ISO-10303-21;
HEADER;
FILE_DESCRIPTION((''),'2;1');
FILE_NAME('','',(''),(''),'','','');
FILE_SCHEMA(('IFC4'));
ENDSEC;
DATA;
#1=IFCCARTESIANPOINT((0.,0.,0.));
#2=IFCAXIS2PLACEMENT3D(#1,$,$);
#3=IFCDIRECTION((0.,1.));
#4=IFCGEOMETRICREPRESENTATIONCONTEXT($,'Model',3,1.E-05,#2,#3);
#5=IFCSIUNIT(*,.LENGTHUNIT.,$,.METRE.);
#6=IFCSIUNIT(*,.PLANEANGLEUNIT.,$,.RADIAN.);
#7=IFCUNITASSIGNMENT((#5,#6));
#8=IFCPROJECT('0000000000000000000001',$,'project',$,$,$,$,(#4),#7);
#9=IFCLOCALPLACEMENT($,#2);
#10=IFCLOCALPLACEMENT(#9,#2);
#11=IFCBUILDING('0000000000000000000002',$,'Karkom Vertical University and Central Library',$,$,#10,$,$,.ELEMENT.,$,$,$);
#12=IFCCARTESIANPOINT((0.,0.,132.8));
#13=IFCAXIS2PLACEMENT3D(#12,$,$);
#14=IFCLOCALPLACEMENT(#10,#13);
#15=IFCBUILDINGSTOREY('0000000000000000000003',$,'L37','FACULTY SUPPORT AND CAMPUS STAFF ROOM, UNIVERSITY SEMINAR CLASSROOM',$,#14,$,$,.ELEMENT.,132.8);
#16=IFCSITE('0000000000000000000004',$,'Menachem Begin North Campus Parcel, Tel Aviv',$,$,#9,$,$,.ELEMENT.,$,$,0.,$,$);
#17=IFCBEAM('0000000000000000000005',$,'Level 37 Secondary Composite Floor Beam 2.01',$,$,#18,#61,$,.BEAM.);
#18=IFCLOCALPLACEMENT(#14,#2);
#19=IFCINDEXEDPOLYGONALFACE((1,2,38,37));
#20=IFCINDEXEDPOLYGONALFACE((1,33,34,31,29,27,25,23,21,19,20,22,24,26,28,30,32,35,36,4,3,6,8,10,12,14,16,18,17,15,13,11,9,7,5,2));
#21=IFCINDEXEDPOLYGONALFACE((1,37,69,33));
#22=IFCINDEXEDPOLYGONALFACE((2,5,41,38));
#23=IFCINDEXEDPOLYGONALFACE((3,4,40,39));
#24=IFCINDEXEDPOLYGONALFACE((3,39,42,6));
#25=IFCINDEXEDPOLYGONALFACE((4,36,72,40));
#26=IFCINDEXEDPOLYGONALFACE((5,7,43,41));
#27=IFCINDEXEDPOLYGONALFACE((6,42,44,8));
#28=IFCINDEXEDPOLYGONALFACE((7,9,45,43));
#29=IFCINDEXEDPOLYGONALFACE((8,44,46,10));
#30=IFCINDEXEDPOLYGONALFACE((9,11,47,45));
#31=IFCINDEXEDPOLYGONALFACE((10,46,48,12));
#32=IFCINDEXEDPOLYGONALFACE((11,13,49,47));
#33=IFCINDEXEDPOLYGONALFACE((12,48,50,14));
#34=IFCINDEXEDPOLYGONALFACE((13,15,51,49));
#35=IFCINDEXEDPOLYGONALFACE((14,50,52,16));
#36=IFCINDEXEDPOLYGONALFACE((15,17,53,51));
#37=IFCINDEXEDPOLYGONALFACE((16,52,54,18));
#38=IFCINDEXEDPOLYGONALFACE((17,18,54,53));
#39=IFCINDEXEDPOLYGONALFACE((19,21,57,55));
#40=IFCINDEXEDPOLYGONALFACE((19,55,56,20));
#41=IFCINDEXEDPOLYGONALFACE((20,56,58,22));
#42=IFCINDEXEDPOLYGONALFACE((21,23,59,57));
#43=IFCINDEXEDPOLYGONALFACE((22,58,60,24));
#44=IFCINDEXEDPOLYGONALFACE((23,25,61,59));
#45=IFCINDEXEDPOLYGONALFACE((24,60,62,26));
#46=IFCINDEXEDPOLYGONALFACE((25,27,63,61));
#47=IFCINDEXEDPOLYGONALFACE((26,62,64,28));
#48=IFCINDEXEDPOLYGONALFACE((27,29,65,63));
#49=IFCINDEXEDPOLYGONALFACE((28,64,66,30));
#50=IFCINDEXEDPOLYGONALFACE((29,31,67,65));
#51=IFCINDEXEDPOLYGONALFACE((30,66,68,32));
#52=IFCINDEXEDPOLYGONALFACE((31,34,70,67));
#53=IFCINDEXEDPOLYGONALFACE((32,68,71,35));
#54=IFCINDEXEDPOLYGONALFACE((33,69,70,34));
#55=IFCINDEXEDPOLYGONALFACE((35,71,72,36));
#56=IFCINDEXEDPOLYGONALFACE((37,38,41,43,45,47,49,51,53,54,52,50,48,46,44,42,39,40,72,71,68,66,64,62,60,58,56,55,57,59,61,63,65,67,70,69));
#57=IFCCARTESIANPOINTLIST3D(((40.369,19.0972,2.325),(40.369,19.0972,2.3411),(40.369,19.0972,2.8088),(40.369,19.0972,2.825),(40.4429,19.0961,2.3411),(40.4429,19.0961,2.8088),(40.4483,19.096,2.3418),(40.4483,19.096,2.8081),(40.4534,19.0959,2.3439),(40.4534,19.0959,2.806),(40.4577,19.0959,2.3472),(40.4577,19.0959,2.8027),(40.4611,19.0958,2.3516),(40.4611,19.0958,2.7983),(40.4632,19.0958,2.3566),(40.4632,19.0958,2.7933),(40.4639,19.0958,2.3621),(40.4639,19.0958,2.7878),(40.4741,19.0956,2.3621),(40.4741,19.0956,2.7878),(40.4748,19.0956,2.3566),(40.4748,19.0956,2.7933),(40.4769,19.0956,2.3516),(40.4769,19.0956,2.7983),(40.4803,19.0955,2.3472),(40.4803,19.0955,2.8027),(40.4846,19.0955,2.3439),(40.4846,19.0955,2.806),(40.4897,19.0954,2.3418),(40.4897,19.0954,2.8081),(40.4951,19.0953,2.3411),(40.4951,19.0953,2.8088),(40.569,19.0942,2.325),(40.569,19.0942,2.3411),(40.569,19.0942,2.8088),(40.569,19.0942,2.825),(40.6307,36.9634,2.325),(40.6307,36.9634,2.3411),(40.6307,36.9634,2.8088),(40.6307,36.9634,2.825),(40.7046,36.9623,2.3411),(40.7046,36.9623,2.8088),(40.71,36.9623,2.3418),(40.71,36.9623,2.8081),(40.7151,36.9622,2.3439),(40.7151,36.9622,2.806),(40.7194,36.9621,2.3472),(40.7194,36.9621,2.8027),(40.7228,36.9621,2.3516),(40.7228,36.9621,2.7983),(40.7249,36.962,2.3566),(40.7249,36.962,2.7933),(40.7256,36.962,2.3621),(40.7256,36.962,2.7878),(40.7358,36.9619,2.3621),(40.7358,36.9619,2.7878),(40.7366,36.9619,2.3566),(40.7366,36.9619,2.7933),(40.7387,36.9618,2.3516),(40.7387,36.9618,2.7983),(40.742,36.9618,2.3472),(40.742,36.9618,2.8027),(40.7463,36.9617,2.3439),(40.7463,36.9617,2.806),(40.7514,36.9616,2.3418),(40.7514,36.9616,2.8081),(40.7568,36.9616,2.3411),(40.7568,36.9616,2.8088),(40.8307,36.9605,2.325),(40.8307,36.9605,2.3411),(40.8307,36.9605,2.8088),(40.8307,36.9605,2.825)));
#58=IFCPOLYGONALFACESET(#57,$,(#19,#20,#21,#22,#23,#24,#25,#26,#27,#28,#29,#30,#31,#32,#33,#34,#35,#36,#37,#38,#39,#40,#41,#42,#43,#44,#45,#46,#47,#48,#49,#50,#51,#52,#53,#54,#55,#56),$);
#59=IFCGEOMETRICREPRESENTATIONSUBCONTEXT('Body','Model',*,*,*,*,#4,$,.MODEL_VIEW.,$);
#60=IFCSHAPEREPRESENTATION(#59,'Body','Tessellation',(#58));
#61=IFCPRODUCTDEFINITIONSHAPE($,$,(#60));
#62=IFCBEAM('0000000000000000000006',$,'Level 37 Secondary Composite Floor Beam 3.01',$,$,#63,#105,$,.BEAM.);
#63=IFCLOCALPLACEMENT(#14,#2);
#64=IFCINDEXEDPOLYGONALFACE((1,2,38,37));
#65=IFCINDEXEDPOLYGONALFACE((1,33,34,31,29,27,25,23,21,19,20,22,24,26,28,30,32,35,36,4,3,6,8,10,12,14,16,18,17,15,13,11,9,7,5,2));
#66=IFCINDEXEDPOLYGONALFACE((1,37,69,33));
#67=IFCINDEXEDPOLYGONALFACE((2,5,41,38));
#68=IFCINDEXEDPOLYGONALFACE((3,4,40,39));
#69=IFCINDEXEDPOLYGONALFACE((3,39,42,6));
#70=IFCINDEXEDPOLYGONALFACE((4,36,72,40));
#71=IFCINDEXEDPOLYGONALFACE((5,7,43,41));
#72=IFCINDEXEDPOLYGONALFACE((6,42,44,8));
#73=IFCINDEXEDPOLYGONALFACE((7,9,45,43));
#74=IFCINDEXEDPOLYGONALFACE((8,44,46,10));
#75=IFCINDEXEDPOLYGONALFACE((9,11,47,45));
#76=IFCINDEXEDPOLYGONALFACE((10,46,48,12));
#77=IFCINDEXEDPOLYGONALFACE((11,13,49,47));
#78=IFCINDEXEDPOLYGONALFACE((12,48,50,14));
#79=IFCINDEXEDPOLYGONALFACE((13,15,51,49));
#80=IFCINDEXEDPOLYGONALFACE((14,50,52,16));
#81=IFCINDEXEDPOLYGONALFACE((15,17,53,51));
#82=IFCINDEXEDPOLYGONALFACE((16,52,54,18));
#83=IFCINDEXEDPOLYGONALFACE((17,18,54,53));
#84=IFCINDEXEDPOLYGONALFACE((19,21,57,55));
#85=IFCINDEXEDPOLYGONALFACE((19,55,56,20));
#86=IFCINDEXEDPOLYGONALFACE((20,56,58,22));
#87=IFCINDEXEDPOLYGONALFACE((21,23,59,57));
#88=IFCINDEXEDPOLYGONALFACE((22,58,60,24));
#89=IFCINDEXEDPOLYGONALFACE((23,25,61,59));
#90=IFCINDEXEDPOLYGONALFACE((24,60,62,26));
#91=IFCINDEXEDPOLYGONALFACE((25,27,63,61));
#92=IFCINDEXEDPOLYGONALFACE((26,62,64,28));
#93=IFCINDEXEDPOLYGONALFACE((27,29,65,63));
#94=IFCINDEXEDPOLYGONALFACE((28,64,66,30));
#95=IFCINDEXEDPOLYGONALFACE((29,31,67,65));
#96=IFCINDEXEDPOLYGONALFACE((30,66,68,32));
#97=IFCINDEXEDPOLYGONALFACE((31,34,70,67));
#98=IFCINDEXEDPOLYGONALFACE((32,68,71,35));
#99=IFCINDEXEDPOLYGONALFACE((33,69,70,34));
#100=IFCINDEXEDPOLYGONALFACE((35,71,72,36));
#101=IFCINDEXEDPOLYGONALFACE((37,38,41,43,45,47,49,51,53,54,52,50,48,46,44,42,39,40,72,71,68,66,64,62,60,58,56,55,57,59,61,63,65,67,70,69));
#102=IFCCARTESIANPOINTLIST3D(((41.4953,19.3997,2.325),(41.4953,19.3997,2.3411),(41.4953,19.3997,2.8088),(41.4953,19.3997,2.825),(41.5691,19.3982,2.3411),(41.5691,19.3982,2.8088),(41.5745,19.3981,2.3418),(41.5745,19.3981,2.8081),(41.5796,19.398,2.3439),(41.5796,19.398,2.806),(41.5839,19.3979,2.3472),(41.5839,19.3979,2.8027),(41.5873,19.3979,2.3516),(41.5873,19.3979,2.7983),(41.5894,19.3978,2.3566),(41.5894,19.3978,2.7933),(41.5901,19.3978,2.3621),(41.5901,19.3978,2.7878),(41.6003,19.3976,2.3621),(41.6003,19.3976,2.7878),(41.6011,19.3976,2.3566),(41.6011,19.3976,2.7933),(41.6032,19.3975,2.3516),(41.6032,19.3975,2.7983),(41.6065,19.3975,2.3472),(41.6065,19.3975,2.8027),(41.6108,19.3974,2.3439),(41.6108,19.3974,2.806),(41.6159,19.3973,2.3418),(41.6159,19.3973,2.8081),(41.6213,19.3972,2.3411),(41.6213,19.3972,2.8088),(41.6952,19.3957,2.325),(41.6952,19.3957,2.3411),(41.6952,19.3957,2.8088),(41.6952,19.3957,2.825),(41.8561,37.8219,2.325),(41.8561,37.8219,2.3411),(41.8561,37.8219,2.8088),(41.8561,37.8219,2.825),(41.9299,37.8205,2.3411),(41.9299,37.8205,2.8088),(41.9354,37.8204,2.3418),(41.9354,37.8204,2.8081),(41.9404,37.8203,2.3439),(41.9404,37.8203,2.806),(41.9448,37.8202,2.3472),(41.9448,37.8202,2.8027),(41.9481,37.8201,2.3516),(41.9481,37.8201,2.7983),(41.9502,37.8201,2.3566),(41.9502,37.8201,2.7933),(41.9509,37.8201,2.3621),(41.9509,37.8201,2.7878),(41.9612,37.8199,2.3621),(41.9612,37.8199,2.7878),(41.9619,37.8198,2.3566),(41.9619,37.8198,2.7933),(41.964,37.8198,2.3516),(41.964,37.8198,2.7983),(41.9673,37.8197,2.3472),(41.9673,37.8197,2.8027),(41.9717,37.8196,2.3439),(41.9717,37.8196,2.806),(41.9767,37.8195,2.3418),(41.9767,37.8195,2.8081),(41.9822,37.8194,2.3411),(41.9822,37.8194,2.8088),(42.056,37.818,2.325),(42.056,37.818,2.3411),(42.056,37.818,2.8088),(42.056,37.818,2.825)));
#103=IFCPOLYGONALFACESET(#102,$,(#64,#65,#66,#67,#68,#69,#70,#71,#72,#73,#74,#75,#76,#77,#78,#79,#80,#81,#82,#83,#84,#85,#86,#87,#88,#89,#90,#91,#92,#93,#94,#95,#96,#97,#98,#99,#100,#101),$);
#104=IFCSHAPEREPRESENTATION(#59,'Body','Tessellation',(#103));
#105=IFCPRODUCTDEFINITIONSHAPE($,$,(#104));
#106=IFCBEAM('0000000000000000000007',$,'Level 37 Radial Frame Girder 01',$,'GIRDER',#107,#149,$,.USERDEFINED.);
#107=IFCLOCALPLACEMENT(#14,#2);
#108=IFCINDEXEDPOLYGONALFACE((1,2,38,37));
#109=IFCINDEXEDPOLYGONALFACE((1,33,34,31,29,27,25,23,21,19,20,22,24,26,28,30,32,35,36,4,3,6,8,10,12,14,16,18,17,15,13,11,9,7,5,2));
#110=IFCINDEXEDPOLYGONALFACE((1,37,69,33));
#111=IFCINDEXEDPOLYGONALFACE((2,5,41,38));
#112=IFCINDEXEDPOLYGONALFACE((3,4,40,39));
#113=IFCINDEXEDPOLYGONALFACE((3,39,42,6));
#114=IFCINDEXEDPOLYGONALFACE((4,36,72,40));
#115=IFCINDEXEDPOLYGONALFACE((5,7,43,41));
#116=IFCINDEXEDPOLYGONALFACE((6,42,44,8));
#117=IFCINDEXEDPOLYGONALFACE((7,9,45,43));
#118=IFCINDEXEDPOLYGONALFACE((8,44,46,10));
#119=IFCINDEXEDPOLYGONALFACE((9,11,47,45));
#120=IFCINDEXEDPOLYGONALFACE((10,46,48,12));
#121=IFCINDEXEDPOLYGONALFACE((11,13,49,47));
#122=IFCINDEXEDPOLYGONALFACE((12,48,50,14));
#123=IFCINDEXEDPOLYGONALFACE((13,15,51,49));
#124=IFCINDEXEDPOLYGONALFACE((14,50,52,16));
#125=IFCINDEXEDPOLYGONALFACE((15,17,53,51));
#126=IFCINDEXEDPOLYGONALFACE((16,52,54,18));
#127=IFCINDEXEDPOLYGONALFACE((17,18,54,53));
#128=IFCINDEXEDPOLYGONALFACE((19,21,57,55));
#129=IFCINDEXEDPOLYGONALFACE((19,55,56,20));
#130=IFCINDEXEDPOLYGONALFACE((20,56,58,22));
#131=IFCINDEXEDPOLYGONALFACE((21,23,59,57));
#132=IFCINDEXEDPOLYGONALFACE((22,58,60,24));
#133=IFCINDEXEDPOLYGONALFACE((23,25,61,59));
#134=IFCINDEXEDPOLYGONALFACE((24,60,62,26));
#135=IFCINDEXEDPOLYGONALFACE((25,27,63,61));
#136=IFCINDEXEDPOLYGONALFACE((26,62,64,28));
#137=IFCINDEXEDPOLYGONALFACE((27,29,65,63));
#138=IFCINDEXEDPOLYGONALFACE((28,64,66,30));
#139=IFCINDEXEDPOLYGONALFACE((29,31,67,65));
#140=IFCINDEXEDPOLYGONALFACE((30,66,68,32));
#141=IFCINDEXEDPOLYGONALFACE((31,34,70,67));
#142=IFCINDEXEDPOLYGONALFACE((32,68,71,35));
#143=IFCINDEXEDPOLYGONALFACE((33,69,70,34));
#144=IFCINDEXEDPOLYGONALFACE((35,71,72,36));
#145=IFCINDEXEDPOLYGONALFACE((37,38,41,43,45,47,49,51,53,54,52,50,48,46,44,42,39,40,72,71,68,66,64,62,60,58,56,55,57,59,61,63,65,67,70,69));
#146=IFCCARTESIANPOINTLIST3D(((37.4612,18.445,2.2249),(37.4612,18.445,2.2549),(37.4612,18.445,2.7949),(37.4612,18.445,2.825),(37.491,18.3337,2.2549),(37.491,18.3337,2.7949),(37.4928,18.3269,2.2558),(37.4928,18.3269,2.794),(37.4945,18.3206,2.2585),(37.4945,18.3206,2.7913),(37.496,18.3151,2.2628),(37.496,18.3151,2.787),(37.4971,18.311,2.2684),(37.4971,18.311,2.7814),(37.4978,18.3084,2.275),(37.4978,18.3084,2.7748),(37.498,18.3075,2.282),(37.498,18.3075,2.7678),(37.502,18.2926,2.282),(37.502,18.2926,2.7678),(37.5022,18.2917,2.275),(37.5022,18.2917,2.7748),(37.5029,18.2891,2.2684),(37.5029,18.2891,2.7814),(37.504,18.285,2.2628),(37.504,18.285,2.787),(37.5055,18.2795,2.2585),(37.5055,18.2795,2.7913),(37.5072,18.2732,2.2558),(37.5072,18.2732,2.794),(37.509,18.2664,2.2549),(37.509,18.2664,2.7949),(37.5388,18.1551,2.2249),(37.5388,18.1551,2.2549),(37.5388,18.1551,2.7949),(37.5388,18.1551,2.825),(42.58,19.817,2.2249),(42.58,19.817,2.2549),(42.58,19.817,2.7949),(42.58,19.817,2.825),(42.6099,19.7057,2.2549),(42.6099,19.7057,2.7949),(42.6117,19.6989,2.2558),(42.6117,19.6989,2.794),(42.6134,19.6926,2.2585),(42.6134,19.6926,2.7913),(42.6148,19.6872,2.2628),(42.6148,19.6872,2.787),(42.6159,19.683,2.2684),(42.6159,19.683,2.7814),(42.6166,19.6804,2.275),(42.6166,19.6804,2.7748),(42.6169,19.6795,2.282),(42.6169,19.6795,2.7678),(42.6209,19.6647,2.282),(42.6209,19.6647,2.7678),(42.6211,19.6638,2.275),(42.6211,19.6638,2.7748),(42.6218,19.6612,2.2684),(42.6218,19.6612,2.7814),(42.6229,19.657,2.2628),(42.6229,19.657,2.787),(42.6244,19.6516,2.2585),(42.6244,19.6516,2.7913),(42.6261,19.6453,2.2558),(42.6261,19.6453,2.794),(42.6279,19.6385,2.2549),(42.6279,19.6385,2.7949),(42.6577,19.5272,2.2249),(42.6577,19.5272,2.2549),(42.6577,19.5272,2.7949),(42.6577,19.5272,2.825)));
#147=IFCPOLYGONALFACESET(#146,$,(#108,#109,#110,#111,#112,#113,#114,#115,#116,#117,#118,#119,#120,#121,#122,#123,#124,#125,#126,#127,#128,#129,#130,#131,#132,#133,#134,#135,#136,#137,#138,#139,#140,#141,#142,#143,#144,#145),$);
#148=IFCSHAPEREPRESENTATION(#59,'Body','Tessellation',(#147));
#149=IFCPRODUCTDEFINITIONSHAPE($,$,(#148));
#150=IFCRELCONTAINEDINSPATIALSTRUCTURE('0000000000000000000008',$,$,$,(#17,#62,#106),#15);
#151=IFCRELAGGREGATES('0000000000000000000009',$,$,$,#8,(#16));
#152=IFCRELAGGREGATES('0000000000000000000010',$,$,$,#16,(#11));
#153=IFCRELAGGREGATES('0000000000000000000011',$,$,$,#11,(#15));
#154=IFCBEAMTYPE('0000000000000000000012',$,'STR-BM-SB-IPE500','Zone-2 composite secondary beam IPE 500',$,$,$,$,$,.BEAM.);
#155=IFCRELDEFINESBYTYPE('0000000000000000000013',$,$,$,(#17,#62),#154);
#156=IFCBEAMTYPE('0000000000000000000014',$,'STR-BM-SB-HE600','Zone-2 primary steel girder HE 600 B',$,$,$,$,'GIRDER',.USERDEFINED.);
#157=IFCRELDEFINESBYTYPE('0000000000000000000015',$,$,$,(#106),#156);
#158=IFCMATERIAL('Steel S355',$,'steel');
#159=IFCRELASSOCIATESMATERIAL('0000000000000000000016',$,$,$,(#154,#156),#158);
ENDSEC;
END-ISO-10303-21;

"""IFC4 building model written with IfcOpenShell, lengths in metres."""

from ifc_helpers import new_model, si_unit, direction, frame, origin, origin_with_axes, origin_2d, place, context, subcontext, project, spatial, i_section, extrude, source, transform, mapped, material, material_profile, profile_set, type_object, element, save


model = new_model("IFC4")

# Units and contexts
model_context = context("Model", 3, precision=1e-05, world=origin(), true_north=direction((0.0, 1.0)))
body_context = subcontext(model_context, "Body", "Model", "MODEL_VIEW")
ifc_project = project(units=[si_unit("LENGTHUNIT", "METRE"), si_unit("PLANEANGLEUNIT", "RADIAN")], contexts=[model_context])

# Site, building, storey
site_placement = place(None, origin())
site = spatial("IfcSite", under=ifc_project, at=site_placement, Name="Menachem Begin North Campus Parcel, Tel Aviv", CompositionType="ELEMENT", RefElevation=0.0)
building_placement = place(site_placement, origin())
building = spatial("IfcBuilding", under=site, at=building_placement, Name="Karkom Vertical University and Central Library", CompositionType="ELEMENT")
storey_placement = place(building_placement, frame((0.0, 0.0, 132.8)))
storey = spatial("IfcBuildingStorey", under=building, at=storey_placement, Name="L37", Description="FACULTY SUPPORT AND CAMPUS STAFF ROOM, UNIVERSITY SEMINAR CLASSROOM", CompositionType="ELEMENT", Elevation=132.8)

# Beams
ifc_material_1 = material(Name="Steel S355", Category="steel")
ifc_material_profile_1 = material_profile(ifc_material_1, i_section(OverallWidth=0.2, OverallDepth=0.5, WebThickness=0.0103, FlangeThickness=0.0161, FilletRadius=0.021, at=origin_2d()), Name="IPE 500")
ifc_profile_set_1 = profile_set([ifc_material_profile_1], Name="Steel S355")
beam_type_1 = type_object("IfcBeamType", Name="STR-BM-SB-IPE500", Description="Zone-2 composite secondary beam IPE 500", PredefinedType="BEAM", material=ifc_profile_set_1)
shared_shape_1 = source(origin_with_axes(), body_context, "Body", "SweptSolid", [
    extrude(i_section(OverallWidth=0.2, OverallDepth=0.5, WebThickness=0.0103, FlangeThickness=0.0161, FilletRadius=0.021, at=origin_2d()), origin(), (0.0, 0.0, 1.0), 17.8682),
])
beam_1_placement = place(storey_placement, frame((40.469, 19.0957, 2.575), z_axis=(0.014647, 0.999893, 0.0), x_axis=(-0.999893, 0.014647, 0.0)))
element("IfcBeam", 1, at=beam_1_placement, inside=storey, type_object=beam_type_1, Name="Level 37 Secondary Composite Floor Beam 2.01", PredefinedType="BEAM", context=body_context, shape_type="MappedRepresentation", body=[
    mapped(shared_shape_1, transform((0.0, 0.0, 0.0), scale=1.0)),
])
shared_shape_2 = source(origin_with_axes(), body_context, "Body", "SweptSolid", [
    extrude(i_section(OverallWidth=0.2, OverallDepth=0.5, WebThickness=0.0103, FlangeThickness=0.0161, FilletRadius=0.021, at=origin_2d()), origin(), (0.0, 0.0, 1.0), 18.4258),
])
beam_2_placement = place(storey_placement, frame((41.5952, 19.3977, 2.575), z_axis=(0.019583, 0.999808, 0.0), x_axis=(-0.999808, 0.019583, 0.0)))
element("IfcBeam", 2, at=beam_2_placement, inside=storey, type_object=beam_type_1, Name="Level 37 Secondary Composite Floor Beam 3.01", PredefinedType="BEAM", context=body_context, shape_type="MappedRepresentation", body=[
    mapped(shared_shape_2, transform((0.0, 0.0, 0.0), scale=1.0)),
])
ifc_material_profile_2 = material_profile(ifc_material_1, i_section(OverallWidth=0.3, OverallDepth=0.6001, WebThickness=0.0154, FlangeThickness=0.03, FilletRadius=0.0271, at=origin_2d()), Name="HE 600 B")
ifc_profile_set_2 = profile_set([ifc_material_profile_2], Name="Steel S355")
beam_type_2 = type_object("IfcBeamType", Name="STR-BM-SB-HE600", Description="Zone-2 primary steel girder HE 600 B", ElementType="GIRDER", PredefinedType="USERDEFINED", material=ifc_profile_set_2)
shared_shape_3 = source(origin_with_axes(), body_context, "Body", "SweptSolid", [
    extrude(i_section(OverallWidth=0.3, OverallDepth=0.6001, WebThickness=0.0154, FlangeThickness=0.03, FilletRadius=0.0271, at=origin_2d()), origin(), (0.0, 0.0, 1.0), 5.2996),
])
beam_3_placement = place(storey_placement, frame((37.5, 18.3, 2.5249), z_axis=(0.965904, 0.258901, 0.0), x_axis=(-0.258901, 0.965904, 0.0)))
element("IfcBeam", 3, at=beam_3_placement, inside=storey, type_object=beam_type_2, Name="Level 37 Radial Frame Girder 01", ObjectType="GIRDER", PredefinedType="USERDEFINED", context=body_context, shape_type="MappedRepresentation", body=[
    mapped(shared_shape_3, transform((0.0, 0.0, 0.0), scale=1.0)),
])

save(model, "model.ifc")
